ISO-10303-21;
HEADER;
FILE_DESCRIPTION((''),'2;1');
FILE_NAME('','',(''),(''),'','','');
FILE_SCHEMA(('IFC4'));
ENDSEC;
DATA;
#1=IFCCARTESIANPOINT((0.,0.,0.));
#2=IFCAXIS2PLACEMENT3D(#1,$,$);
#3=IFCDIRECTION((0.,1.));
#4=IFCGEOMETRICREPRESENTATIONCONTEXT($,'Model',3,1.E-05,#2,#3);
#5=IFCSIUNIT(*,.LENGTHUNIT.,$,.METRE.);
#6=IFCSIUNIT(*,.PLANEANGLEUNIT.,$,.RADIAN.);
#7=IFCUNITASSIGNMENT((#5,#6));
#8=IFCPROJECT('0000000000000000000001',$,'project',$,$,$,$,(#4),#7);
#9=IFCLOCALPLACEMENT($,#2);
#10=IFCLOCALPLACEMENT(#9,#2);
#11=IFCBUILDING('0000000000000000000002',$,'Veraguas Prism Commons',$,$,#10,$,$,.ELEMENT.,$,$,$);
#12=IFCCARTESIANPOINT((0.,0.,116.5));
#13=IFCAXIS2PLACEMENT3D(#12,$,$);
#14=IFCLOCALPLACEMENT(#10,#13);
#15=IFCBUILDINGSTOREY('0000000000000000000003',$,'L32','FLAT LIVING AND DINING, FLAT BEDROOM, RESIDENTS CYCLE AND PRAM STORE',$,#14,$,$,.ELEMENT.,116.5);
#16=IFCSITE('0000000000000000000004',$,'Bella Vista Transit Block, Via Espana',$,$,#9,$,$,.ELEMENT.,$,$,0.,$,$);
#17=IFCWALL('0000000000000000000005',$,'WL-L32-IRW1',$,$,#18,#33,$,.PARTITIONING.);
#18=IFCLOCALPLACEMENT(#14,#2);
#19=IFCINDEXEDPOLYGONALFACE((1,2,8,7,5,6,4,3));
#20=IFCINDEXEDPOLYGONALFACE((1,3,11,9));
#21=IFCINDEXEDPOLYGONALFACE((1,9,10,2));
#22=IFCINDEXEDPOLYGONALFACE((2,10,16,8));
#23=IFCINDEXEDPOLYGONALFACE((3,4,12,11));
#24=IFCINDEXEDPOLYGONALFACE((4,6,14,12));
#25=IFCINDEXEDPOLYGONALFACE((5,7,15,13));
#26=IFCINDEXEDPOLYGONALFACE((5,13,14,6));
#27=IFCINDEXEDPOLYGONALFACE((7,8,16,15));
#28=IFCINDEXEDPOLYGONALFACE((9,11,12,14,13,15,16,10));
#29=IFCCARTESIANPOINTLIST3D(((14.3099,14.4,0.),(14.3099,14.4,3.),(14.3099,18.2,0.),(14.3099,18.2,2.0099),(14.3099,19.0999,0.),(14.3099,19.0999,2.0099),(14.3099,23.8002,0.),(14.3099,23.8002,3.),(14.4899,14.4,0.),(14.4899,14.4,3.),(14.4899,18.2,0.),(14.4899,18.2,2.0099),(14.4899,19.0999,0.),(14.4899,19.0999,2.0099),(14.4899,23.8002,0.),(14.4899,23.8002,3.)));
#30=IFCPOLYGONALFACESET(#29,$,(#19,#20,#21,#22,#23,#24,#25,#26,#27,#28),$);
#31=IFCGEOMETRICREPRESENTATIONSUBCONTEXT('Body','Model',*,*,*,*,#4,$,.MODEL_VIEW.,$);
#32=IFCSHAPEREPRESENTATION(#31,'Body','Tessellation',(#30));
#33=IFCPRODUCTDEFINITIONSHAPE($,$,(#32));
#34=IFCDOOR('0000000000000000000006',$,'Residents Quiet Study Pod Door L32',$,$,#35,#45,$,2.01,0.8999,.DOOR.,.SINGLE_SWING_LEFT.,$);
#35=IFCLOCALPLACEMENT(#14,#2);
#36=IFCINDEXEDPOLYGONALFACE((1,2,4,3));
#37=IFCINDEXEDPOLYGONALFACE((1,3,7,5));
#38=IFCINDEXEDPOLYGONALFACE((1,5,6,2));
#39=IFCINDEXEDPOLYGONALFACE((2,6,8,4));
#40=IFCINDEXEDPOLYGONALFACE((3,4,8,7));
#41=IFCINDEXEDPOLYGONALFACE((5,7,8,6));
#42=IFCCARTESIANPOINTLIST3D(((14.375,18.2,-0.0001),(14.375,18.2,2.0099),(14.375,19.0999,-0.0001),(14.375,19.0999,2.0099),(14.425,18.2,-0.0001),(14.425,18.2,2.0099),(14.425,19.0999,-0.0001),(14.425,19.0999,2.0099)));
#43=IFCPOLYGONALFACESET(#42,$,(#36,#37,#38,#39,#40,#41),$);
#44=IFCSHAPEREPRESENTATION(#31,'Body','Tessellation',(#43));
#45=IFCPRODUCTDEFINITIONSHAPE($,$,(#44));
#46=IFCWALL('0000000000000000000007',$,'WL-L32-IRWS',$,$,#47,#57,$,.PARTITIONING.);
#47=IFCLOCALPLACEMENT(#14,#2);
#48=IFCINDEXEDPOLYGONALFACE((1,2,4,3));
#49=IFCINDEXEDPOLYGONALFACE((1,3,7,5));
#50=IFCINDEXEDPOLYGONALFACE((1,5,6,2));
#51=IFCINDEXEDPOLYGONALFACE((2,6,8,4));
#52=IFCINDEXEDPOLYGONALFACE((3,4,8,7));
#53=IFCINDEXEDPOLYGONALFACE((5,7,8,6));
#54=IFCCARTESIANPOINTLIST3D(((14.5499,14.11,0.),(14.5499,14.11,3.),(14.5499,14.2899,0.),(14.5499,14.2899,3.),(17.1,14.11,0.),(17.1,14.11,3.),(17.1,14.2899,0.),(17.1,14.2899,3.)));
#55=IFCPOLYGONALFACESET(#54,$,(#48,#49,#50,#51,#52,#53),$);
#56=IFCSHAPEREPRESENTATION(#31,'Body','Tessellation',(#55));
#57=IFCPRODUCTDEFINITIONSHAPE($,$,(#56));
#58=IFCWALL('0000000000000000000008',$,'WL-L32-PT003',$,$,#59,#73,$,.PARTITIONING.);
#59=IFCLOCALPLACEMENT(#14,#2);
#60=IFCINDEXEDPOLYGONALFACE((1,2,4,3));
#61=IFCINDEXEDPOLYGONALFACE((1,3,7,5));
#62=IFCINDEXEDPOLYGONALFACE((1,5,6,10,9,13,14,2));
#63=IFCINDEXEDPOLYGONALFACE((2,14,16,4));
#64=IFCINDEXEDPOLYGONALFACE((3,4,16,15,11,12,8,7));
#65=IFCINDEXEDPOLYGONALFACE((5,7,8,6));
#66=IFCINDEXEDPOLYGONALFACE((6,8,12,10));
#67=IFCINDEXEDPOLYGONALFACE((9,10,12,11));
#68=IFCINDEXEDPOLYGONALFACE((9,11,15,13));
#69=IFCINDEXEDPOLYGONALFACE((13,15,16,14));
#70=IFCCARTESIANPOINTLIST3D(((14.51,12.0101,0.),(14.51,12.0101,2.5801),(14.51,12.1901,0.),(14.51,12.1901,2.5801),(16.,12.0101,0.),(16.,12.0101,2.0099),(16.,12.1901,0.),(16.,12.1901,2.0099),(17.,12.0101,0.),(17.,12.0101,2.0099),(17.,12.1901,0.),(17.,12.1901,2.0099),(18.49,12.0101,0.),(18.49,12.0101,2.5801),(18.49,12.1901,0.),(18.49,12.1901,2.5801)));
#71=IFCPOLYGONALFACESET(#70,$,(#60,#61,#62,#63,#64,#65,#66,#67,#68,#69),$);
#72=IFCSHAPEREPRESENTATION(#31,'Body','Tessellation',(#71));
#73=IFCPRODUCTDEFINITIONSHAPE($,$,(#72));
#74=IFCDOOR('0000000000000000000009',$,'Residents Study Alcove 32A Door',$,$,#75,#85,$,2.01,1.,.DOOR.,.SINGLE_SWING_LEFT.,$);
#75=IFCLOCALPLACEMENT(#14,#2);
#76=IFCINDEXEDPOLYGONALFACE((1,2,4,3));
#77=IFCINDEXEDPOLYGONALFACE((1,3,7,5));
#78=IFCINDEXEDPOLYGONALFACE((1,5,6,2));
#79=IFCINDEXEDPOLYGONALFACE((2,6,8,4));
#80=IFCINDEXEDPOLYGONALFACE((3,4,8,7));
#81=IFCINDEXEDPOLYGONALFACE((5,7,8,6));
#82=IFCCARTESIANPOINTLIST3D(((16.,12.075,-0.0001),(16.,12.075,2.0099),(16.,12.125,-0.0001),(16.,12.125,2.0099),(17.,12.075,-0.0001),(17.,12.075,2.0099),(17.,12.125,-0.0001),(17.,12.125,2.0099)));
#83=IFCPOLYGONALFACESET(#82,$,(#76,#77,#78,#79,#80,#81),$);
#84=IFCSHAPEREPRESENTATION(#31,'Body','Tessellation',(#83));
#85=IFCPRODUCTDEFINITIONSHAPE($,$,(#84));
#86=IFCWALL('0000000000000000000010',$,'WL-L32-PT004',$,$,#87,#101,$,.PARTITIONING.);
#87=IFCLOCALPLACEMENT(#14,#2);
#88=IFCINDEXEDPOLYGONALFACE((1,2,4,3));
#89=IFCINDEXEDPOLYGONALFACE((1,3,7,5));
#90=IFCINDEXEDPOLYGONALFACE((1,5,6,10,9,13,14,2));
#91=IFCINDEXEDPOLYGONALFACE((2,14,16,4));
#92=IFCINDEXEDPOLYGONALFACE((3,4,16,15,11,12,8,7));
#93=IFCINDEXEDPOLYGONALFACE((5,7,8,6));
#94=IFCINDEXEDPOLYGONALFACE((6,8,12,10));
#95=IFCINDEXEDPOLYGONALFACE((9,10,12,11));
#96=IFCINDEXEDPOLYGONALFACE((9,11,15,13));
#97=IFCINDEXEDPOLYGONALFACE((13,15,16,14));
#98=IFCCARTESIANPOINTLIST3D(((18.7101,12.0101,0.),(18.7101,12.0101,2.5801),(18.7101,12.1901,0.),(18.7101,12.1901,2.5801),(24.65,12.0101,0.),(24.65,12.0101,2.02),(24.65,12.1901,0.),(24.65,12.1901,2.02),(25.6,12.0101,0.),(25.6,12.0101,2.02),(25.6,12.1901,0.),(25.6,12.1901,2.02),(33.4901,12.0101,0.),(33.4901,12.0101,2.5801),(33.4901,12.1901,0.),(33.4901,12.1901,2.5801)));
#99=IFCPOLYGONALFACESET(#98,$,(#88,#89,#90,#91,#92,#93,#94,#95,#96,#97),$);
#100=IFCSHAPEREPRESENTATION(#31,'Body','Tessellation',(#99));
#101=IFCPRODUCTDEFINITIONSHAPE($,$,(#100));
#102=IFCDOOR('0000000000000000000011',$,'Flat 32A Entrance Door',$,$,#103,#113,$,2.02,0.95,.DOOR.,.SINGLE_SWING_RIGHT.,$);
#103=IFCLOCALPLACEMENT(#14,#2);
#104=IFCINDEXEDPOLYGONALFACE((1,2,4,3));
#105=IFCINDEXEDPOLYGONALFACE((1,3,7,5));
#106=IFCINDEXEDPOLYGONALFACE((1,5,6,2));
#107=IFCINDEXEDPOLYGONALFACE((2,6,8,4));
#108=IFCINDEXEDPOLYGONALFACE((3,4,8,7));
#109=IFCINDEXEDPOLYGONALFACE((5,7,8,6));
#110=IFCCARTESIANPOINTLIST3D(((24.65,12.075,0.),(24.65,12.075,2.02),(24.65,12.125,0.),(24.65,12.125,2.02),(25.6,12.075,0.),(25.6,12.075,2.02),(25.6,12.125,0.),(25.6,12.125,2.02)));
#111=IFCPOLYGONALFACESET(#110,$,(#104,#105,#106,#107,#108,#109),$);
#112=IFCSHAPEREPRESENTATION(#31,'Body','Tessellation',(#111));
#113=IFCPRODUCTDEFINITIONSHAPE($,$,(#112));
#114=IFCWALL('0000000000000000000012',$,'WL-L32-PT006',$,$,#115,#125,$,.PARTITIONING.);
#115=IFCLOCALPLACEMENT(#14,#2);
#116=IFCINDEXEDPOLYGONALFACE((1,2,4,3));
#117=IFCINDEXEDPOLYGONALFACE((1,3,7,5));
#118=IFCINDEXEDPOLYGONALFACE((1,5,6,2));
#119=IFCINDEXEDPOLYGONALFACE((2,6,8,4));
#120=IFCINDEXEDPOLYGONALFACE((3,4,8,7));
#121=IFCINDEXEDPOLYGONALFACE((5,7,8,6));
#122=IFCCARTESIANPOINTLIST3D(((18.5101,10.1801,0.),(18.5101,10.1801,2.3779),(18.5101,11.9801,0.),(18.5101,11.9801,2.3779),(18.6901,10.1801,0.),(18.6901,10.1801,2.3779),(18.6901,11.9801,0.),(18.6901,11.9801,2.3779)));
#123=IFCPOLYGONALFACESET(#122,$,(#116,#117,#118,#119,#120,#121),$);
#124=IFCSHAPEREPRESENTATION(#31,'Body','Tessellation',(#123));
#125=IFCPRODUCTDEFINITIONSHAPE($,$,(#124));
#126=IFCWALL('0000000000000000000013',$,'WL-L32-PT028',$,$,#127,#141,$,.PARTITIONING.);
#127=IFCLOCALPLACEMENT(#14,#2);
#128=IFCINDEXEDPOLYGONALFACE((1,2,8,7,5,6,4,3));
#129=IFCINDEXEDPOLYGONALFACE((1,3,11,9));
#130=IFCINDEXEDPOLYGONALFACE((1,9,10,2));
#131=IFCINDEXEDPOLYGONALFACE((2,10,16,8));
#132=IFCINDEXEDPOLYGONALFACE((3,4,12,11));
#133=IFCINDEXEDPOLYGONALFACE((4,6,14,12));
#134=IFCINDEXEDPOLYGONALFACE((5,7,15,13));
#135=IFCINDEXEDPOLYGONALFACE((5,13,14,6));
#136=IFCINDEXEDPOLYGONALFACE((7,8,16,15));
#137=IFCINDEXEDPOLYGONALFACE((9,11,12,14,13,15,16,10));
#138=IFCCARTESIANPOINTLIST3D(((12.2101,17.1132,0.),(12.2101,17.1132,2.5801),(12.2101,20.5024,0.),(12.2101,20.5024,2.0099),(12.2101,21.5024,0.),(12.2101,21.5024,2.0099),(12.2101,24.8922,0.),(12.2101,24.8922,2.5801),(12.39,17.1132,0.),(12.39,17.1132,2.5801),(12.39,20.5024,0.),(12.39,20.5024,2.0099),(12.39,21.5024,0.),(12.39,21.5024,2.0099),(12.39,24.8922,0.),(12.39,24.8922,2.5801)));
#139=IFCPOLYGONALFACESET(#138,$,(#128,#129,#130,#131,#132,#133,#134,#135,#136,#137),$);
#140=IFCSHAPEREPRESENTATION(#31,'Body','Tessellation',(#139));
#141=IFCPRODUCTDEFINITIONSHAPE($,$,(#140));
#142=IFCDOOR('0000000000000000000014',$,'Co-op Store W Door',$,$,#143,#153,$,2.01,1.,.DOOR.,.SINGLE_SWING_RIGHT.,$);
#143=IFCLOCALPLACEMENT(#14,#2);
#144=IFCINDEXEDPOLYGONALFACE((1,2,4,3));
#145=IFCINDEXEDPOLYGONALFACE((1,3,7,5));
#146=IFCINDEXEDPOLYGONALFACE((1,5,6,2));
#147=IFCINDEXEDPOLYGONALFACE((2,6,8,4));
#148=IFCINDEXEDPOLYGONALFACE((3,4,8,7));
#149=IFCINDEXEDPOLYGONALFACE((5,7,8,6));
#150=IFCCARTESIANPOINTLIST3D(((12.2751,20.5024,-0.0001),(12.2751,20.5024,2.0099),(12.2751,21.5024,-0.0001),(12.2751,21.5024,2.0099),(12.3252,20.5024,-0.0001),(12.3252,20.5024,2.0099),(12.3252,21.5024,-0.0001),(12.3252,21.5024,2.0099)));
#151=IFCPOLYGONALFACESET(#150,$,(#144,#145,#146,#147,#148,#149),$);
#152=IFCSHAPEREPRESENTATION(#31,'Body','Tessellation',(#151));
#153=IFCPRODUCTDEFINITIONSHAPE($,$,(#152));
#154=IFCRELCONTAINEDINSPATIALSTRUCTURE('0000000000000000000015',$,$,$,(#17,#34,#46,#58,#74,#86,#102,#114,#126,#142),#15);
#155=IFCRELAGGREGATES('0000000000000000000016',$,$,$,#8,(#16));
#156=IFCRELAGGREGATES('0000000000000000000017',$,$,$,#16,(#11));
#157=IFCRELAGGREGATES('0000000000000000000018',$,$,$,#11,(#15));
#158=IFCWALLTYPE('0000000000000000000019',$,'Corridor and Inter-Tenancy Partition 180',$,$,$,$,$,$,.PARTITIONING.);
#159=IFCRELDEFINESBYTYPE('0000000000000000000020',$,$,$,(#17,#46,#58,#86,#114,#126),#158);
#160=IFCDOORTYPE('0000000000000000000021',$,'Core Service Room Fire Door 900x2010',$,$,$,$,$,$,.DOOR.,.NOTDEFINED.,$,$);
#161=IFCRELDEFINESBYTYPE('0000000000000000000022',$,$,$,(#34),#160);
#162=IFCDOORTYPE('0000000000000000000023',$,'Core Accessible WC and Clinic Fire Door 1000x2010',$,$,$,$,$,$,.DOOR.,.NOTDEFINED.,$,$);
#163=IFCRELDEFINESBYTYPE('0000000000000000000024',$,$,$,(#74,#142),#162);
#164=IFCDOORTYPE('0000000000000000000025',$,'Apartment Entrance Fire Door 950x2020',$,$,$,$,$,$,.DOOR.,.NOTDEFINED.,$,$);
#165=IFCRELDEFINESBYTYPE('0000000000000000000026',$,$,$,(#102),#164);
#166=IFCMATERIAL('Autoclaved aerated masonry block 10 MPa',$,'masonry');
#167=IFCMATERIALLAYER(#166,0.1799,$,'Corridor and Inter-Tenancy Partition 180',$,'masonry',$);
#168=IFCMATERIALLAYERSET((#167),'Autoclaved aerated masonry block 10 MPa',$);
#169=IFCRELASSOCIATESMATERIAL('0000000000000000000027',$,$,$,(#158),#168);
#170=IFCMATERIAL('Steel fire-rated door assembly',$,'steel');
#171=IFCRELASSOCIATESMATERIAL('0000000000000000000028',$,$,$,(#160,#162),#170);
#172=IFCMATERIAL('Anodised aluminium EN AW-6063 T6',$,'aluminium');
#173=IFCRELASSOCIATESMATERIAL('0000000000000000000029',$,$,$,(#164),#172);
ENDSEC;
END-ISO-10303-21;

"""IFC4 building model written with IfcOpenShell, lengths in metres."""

from ifc_helpers import new_model, si_unit, direction, frame, frame_2d, origin, place, context, subcontext, project, spatial, rectangle, extrude, source, transform, mapped, material, layer, layer_set, type_object, element, fill, save


model = new_model("IFC4")

# Units and contexts
model_context = context("Model", 3, precision=1e-05, world=origin(), true_north=direction((0.0, 1.0)))
body_context = subcontext(model_context, "Body", "Model", "MODEL_VIEW")
ifc_project = project(units=[si_unit("LENGTHUNIT", "METRE"), si_unit("PLANEANGLEUNIT", "RADIAN")], contexts=[model_context])

# Site, building, storey
site_placement = place(None, origin())
site = spatial("IfcSite", under=ifc_project, at=site_placement, Name="Bella Vista Transit Block, Via Espana", CompositionType="ELEMENT", RefElevation=0.0)
building_placement = place(site_placement, origin())
building = spatial("IfcBuilding", under=site, at=building_placement, Name="Veraguas Prism Commons", CompositionType="ELEMENT")
storey_placement = place(building_placement, frame((0.0, 0.0, 116.5)))
storey = spatial("IfcBuildingStorey", under=building, at=storey_placement, Name="L32", Description="FLAT LIVING AND DINING, FLAT BEDROOM, RESIDENTS CYCLE AND PRAM STORE", CompositionType="ELEMENT", Elevation=116.5)

# Shared definitions
ifc_material_1 = material(Name="Steel fire-rated door assembly", Category="steel")

# Wall, opening, door
ifc_material_2 = material(Name="Autoclaved aerated masonry block 10 MPa", Category="masonry")
ifc_layer_1 = layer(ifc_material_2, 0.1799, Name="Corridor and Inter-Tenancy Partition 180", Category="masonry")
ifc_layer_set_1 = layer_set([ifc_layer_1], Name="Autoclaved aerated masonry block 10 MPa")
wall_type_1 = type_object("IfcWallType", Name="Corridor and Inter-Tenancy Partition 180", PredefinedType="PARTITIONING", material=ifc_layer_set_1)
wall_1_placement = place(storey_placement, frame((14.3999, 14.3999, 0.0), z_axis=(0.0, 0.0, 1.0), x_axis=(0.0, 1.0, 0.0)))
wall_1 = element("IfcWall", 1, at=wall_1_placement, inside=storey, type_object=wall_type_1, Name="WL-L32-IRW1", PredefinedType="PARTITIONING", context=body_context, shape_type="SweptSolid", body=[
    extrude(rectangle(XDim=9.4001, YDim=0.1799, at=frame_2d((4.7002, 0.0))), origin(), (0.0, 0.0, 1.0), 3.0),
])
opening_1_placement = place(wall_1_placement, frame((3.8, 0.0, 0.0)))
opening_1 = element("IfcOpeningElement", 2, at=opening_1_placement, cuts=wall_1, PredefinedType="OPENING", context=body_context, shape_type="SweptSolid", body=[
    extrude(rectangle(XDim=0.8999, YDim=2.01, at=frame_2d((0.45, 1.0049))), frame((0.0, 0.0999, 0.0), z_axis=(0.0, -1.0, 0.0), x_axis=(1.0, 0.0, 0.0)), (0.0, 0.0, 1.0), 0.2),
])
door_type_1 = type_object("IfcDoorType", Name="Core Service Room Fire Door 900x2010", OperationType="NOTDEFINED", PredefinedType="DOOR", material=ifc_material_1)
shared_shape_1 = source(origin(), body_context, "Body", "SweptSolid", [
    extrude(rectangle(XDim=0.8999, YDim=2.01, at=frame_2d((0.45, 1.0049))), frame((0.0, 0.0249, 0.0), z_axis=(0.0, -1.0, 0.0), x_axis=(1.0, 0.0, 0.0)), (0.0, 0.0, 1.0), 0.05),
])
door_1_placement = place(opening_1_placement, origin())
door_1 = element("IfcDoor", 3, at=door_1_placement, inside=storey, type_object=door_type_1, Name="Residents Quiet Study Pod Door L32", OperationType="SINGLE_SWING_LEFT", OverallHeight=2.01, OverallWidth=0.8999, PredefinedType="DOOR", context=body_context, shape_type="MappedRepresentation", body=[
    mapped(shared_shape_1, transform((0.0, 0.0, 0.0), scale=1.0)),
])
fill(opening_1, door_1)

# Wall
wall_2_placement = place(storey_placement, frame((14.55, 14.2, 0.0), z_axis=(0.0, 0.0, 1.0), x_axis=(1.0, 0.0, 0.0)))
element("IfcWall", 4, at=wall_2_placement, inside=storey, type_object=wall_type_1, Name="WL-L32-IRWS", PredefinedType="PARTITIONING", context=body_context, shape_type="SweptSolid", body=[
    extrude(rectangle(XDim=2.55, YDim=0.1799, at=frame_2d((1.2749, 0.0))), origin(), (0.0, 0.0, 1.0), 3.0),
])

# Walls, openings, doors
wall_3_placement = place(storey_placement, frame((14.51, 12.1001, 0.0), z_axis=(0.0, 0.0, 1.0), x_axis=(1.0, 0.0, 0.0)))
wall_3 = element("IfcWall", 5, at=wall_3_placement, inside=storey, type_object=wall_type_1, Name="WL-L32-PT003", PredefinedType="PARTITIONING", context=body_context, shape_type="SweptSolid", body=[
    extrude(rectangle(XDim=3.98, YDim=0.1799, at=frame_2d((1.99, 0.0))), origin(), (0.0, 0.0, 1.0), 2.5801),
])
opening_2_placement = place(wall_3_placement, frame((1.49, 0.0, 0.0)))
opening_2 = element("IfcOpeningElement", 6, at=opening_2_placement, cuts=wall_3, PredefinedType="OPENING", context=body_context, shape_type="SweptSolid", body=[
    extrude(rectangle(XDim=1.0, YDim=2.01, at=frame_2d((0.5, 1.0049))), frame((0.0, 0.0999, 0.0), z_axis=(0.0, -1.0, 0.0), x_axis=(1.0, 0.0, 0.0)), (0.0, 0.0, 1.0), 0.2),
])
door_type_2 = type_object("IfcDoorType", Name="Core Accessible WC and Clinic Fire Door 1000x2010", OperationType="NOTDEFINED", PredefinedType="DOOR", material=ifc_material_1)
shared_shape_2 = source(origin(), body_context, "Body", "SweptSolid", [
    extrude(rectangle(XDim=1.0, YDim=2.01, at=frame_2d((0.5, 1.0049))), frame((0.0, 0.0249, 0.0), z_axis=(0.0, -1.0, 0.0), x_axis=(1.0, 0.0, 0.0)), (0.0, 0.0, 1.0), 0.05),
])
door_2_placement = place(opening_2_placement, origin())
door_2 = element("IfcDoor", 7, at=door_2_placement, inside=storey, type_object=door_type_2, Name="Residents Study Alcove 32A Door", OperationType="SINGLE_SWING_LEFT", OverallHeight=2.01, OverallWidth=1.0, PredefinedType="DOOR", context=body_context, shape_type="MappedRepresentation", body=[
    mapped(shared_shape_2, transform((0.0, 0.0, 0.0), scale=1.0)),
])
fill(opening_2, door_2)
wall_4_placement = place(storey_placement, frame((18.71, 12.1001, 0.0), z_axis=(0.0, 0.0, 1.0), x_axis=(1.0, 0.0, 0.0)))
wall_4 = element("IfcWall", 8, at=wall_4_placement, inside=storey, type_object=wall_type_1, Name="WL-L32-PT004", PredefinedType="PARTITIONING", context=body_context, shape_type="SweptSolid", body=[
    extrude(rectangle(XDim=14.78, YDim=0.1799, at=frame_2d((7.3901, 0.0))), origin(), (0.0, 0.0, 1.0), 2.5801),
])
opening_3_placement = place(wall_4_placement, frame((5.9399, 0.0, 0.0)))
opening_3 = element("IfcOpeningElement", 9, at=opening_3_placement, cuts=wall_4, PredefinedType="OPENING", context=body_context, shape_type="SweptSolid", body=[
    extrude(rectangle(XDim=0.95, YDim=2.02, at=frame_2d((0.4751, 1.01))), frame((0.0, 0.0999, 0.0), z_axis=(0.0, -1.0, 0.0), x_axis=(1.0, 0.0, 0.0)), (0.0, 0.0, 1.0), 0.2),
])
ifc_material_3 = material(Name="Anodised aluminium EN AW-6063 T6", Category="aluminium")
door_type_3 = type_object("IfcDoorType", Name="Apartment Entrance Fire Door 950x2020", OperationType="NOTDEFINED", PredefinedType="DOOR", material=ifc_material_3)
shared_shape_3 = source(origin(), body_context, "Body", "SweptSolid", [
    extrude(rectangle(XDim=0.95, YDim=2.02, at=frame_2d((0.4751, 1.01))), frame((0.0, 0.0249, 0.0), z_axis=(0.0, -1.0, 0.0), x_axis=(1.0, 0.0, 0.0)), (0.0, 0.0, 1.0), 0.05),
])
door_3_placement = place(opening_3_placement, origin())
door_3 = element("IfcDoor", 10, at=door_3_placement, inside=storey, type_object=door_type_3, Name="Flat 32A Entrance Door", OperationType="SINGLE_SWING_RIGHT", OverallHeight=2.02, OverallWidth=0.95, PredefinedType="DOOR", context=body_context, shape_type="MappedRepresentation", body=[
    mapped(shared_shape_3, transform((0.0, 0.0, 0.0), scale=1.0)),
])
fill(opening_3, door_3)

# Wall
wall_5_placement = place(storey_placement, frame((18.6001, 11.98, 0.0), z_axis=(0.0, 0.0, 1.0), x_axis=(0.0, -1.0, 0.0)))
element("IfcWall", 11, at=wall_5_placement, inside=storey, type_object=wall_type_1, Name="WL-L32-PT006", PredefinedType="PARTITIONING", context=body_context, shape_type="SweptSolid", body=[
    extrude(rectangle(XDim=1.8, YDim=0.1799, at=frame_2d((0.8999, 0.0))), origin(), (0.0, 0.0, 1.0), 2.3779),
])

# Wall, opening, door
wall_6_placement = place(storey_placement, frame((12.3, 17.113, 0.0), z_axis=(0.0, 0.0, 1.0), x_axis=(0.0, 1.0, 0.0)))
wall_6 = element("IfcWall", 12, at=wall_6_placement, inside=storey, type_object=wall_type_1, Name="WL-L32-PT028", PredefinedType="PARTITIONING", context=body_context, shape_type="SweptSolid", body=[
    extrude(rectangle(XDim=7.7791, YDim=0.1799, at=frame_2d((3.8896, 0.0))), origin(), (0.0, 0.0, 1.0), 2.5801),
])
opening_4_placement = place(wall_6_placement, frame((3.3894, 0.0, 0.0)))
opening_4 = element("IfcOpeningElement", 13, at=opening_4_placement, cuts=wall_6, PredefinedType="OPENING", context=body_context, shape_type="SweptSolid", body=[
    extrude(rectangle(XDim=1.0, YDim=2.01, at=frame_2d((0.5, 1.0049))), frame((0.0, 0.0999, 0.0), z_axis=(0.0, -1.0, 0.0), x_axis=(1.0, 0.0, 0.0)), (0.0, 0.0, 1.0), 0.2),
])
door_4_placement = place(opening_4_placement, origin())
door_4 = element("IfcDoor", 14, at=door_4_placement, inside=storey, type_object=door_type_2, Name="Co-op Store W Door", OperationType="SINGLE_SWING_RIGHT", OverallHeight=2.01, OverallWidth=1.0, PredefinedType="DOOR", context=body_context, shape_type="MappedRepresentation", body=[
    mapped(shared_shape_2, transform((0.0, 0.0, 0.0), scale=1.0)),
])
fill(opening_4, door_4)

save(model, "model.ifc")
